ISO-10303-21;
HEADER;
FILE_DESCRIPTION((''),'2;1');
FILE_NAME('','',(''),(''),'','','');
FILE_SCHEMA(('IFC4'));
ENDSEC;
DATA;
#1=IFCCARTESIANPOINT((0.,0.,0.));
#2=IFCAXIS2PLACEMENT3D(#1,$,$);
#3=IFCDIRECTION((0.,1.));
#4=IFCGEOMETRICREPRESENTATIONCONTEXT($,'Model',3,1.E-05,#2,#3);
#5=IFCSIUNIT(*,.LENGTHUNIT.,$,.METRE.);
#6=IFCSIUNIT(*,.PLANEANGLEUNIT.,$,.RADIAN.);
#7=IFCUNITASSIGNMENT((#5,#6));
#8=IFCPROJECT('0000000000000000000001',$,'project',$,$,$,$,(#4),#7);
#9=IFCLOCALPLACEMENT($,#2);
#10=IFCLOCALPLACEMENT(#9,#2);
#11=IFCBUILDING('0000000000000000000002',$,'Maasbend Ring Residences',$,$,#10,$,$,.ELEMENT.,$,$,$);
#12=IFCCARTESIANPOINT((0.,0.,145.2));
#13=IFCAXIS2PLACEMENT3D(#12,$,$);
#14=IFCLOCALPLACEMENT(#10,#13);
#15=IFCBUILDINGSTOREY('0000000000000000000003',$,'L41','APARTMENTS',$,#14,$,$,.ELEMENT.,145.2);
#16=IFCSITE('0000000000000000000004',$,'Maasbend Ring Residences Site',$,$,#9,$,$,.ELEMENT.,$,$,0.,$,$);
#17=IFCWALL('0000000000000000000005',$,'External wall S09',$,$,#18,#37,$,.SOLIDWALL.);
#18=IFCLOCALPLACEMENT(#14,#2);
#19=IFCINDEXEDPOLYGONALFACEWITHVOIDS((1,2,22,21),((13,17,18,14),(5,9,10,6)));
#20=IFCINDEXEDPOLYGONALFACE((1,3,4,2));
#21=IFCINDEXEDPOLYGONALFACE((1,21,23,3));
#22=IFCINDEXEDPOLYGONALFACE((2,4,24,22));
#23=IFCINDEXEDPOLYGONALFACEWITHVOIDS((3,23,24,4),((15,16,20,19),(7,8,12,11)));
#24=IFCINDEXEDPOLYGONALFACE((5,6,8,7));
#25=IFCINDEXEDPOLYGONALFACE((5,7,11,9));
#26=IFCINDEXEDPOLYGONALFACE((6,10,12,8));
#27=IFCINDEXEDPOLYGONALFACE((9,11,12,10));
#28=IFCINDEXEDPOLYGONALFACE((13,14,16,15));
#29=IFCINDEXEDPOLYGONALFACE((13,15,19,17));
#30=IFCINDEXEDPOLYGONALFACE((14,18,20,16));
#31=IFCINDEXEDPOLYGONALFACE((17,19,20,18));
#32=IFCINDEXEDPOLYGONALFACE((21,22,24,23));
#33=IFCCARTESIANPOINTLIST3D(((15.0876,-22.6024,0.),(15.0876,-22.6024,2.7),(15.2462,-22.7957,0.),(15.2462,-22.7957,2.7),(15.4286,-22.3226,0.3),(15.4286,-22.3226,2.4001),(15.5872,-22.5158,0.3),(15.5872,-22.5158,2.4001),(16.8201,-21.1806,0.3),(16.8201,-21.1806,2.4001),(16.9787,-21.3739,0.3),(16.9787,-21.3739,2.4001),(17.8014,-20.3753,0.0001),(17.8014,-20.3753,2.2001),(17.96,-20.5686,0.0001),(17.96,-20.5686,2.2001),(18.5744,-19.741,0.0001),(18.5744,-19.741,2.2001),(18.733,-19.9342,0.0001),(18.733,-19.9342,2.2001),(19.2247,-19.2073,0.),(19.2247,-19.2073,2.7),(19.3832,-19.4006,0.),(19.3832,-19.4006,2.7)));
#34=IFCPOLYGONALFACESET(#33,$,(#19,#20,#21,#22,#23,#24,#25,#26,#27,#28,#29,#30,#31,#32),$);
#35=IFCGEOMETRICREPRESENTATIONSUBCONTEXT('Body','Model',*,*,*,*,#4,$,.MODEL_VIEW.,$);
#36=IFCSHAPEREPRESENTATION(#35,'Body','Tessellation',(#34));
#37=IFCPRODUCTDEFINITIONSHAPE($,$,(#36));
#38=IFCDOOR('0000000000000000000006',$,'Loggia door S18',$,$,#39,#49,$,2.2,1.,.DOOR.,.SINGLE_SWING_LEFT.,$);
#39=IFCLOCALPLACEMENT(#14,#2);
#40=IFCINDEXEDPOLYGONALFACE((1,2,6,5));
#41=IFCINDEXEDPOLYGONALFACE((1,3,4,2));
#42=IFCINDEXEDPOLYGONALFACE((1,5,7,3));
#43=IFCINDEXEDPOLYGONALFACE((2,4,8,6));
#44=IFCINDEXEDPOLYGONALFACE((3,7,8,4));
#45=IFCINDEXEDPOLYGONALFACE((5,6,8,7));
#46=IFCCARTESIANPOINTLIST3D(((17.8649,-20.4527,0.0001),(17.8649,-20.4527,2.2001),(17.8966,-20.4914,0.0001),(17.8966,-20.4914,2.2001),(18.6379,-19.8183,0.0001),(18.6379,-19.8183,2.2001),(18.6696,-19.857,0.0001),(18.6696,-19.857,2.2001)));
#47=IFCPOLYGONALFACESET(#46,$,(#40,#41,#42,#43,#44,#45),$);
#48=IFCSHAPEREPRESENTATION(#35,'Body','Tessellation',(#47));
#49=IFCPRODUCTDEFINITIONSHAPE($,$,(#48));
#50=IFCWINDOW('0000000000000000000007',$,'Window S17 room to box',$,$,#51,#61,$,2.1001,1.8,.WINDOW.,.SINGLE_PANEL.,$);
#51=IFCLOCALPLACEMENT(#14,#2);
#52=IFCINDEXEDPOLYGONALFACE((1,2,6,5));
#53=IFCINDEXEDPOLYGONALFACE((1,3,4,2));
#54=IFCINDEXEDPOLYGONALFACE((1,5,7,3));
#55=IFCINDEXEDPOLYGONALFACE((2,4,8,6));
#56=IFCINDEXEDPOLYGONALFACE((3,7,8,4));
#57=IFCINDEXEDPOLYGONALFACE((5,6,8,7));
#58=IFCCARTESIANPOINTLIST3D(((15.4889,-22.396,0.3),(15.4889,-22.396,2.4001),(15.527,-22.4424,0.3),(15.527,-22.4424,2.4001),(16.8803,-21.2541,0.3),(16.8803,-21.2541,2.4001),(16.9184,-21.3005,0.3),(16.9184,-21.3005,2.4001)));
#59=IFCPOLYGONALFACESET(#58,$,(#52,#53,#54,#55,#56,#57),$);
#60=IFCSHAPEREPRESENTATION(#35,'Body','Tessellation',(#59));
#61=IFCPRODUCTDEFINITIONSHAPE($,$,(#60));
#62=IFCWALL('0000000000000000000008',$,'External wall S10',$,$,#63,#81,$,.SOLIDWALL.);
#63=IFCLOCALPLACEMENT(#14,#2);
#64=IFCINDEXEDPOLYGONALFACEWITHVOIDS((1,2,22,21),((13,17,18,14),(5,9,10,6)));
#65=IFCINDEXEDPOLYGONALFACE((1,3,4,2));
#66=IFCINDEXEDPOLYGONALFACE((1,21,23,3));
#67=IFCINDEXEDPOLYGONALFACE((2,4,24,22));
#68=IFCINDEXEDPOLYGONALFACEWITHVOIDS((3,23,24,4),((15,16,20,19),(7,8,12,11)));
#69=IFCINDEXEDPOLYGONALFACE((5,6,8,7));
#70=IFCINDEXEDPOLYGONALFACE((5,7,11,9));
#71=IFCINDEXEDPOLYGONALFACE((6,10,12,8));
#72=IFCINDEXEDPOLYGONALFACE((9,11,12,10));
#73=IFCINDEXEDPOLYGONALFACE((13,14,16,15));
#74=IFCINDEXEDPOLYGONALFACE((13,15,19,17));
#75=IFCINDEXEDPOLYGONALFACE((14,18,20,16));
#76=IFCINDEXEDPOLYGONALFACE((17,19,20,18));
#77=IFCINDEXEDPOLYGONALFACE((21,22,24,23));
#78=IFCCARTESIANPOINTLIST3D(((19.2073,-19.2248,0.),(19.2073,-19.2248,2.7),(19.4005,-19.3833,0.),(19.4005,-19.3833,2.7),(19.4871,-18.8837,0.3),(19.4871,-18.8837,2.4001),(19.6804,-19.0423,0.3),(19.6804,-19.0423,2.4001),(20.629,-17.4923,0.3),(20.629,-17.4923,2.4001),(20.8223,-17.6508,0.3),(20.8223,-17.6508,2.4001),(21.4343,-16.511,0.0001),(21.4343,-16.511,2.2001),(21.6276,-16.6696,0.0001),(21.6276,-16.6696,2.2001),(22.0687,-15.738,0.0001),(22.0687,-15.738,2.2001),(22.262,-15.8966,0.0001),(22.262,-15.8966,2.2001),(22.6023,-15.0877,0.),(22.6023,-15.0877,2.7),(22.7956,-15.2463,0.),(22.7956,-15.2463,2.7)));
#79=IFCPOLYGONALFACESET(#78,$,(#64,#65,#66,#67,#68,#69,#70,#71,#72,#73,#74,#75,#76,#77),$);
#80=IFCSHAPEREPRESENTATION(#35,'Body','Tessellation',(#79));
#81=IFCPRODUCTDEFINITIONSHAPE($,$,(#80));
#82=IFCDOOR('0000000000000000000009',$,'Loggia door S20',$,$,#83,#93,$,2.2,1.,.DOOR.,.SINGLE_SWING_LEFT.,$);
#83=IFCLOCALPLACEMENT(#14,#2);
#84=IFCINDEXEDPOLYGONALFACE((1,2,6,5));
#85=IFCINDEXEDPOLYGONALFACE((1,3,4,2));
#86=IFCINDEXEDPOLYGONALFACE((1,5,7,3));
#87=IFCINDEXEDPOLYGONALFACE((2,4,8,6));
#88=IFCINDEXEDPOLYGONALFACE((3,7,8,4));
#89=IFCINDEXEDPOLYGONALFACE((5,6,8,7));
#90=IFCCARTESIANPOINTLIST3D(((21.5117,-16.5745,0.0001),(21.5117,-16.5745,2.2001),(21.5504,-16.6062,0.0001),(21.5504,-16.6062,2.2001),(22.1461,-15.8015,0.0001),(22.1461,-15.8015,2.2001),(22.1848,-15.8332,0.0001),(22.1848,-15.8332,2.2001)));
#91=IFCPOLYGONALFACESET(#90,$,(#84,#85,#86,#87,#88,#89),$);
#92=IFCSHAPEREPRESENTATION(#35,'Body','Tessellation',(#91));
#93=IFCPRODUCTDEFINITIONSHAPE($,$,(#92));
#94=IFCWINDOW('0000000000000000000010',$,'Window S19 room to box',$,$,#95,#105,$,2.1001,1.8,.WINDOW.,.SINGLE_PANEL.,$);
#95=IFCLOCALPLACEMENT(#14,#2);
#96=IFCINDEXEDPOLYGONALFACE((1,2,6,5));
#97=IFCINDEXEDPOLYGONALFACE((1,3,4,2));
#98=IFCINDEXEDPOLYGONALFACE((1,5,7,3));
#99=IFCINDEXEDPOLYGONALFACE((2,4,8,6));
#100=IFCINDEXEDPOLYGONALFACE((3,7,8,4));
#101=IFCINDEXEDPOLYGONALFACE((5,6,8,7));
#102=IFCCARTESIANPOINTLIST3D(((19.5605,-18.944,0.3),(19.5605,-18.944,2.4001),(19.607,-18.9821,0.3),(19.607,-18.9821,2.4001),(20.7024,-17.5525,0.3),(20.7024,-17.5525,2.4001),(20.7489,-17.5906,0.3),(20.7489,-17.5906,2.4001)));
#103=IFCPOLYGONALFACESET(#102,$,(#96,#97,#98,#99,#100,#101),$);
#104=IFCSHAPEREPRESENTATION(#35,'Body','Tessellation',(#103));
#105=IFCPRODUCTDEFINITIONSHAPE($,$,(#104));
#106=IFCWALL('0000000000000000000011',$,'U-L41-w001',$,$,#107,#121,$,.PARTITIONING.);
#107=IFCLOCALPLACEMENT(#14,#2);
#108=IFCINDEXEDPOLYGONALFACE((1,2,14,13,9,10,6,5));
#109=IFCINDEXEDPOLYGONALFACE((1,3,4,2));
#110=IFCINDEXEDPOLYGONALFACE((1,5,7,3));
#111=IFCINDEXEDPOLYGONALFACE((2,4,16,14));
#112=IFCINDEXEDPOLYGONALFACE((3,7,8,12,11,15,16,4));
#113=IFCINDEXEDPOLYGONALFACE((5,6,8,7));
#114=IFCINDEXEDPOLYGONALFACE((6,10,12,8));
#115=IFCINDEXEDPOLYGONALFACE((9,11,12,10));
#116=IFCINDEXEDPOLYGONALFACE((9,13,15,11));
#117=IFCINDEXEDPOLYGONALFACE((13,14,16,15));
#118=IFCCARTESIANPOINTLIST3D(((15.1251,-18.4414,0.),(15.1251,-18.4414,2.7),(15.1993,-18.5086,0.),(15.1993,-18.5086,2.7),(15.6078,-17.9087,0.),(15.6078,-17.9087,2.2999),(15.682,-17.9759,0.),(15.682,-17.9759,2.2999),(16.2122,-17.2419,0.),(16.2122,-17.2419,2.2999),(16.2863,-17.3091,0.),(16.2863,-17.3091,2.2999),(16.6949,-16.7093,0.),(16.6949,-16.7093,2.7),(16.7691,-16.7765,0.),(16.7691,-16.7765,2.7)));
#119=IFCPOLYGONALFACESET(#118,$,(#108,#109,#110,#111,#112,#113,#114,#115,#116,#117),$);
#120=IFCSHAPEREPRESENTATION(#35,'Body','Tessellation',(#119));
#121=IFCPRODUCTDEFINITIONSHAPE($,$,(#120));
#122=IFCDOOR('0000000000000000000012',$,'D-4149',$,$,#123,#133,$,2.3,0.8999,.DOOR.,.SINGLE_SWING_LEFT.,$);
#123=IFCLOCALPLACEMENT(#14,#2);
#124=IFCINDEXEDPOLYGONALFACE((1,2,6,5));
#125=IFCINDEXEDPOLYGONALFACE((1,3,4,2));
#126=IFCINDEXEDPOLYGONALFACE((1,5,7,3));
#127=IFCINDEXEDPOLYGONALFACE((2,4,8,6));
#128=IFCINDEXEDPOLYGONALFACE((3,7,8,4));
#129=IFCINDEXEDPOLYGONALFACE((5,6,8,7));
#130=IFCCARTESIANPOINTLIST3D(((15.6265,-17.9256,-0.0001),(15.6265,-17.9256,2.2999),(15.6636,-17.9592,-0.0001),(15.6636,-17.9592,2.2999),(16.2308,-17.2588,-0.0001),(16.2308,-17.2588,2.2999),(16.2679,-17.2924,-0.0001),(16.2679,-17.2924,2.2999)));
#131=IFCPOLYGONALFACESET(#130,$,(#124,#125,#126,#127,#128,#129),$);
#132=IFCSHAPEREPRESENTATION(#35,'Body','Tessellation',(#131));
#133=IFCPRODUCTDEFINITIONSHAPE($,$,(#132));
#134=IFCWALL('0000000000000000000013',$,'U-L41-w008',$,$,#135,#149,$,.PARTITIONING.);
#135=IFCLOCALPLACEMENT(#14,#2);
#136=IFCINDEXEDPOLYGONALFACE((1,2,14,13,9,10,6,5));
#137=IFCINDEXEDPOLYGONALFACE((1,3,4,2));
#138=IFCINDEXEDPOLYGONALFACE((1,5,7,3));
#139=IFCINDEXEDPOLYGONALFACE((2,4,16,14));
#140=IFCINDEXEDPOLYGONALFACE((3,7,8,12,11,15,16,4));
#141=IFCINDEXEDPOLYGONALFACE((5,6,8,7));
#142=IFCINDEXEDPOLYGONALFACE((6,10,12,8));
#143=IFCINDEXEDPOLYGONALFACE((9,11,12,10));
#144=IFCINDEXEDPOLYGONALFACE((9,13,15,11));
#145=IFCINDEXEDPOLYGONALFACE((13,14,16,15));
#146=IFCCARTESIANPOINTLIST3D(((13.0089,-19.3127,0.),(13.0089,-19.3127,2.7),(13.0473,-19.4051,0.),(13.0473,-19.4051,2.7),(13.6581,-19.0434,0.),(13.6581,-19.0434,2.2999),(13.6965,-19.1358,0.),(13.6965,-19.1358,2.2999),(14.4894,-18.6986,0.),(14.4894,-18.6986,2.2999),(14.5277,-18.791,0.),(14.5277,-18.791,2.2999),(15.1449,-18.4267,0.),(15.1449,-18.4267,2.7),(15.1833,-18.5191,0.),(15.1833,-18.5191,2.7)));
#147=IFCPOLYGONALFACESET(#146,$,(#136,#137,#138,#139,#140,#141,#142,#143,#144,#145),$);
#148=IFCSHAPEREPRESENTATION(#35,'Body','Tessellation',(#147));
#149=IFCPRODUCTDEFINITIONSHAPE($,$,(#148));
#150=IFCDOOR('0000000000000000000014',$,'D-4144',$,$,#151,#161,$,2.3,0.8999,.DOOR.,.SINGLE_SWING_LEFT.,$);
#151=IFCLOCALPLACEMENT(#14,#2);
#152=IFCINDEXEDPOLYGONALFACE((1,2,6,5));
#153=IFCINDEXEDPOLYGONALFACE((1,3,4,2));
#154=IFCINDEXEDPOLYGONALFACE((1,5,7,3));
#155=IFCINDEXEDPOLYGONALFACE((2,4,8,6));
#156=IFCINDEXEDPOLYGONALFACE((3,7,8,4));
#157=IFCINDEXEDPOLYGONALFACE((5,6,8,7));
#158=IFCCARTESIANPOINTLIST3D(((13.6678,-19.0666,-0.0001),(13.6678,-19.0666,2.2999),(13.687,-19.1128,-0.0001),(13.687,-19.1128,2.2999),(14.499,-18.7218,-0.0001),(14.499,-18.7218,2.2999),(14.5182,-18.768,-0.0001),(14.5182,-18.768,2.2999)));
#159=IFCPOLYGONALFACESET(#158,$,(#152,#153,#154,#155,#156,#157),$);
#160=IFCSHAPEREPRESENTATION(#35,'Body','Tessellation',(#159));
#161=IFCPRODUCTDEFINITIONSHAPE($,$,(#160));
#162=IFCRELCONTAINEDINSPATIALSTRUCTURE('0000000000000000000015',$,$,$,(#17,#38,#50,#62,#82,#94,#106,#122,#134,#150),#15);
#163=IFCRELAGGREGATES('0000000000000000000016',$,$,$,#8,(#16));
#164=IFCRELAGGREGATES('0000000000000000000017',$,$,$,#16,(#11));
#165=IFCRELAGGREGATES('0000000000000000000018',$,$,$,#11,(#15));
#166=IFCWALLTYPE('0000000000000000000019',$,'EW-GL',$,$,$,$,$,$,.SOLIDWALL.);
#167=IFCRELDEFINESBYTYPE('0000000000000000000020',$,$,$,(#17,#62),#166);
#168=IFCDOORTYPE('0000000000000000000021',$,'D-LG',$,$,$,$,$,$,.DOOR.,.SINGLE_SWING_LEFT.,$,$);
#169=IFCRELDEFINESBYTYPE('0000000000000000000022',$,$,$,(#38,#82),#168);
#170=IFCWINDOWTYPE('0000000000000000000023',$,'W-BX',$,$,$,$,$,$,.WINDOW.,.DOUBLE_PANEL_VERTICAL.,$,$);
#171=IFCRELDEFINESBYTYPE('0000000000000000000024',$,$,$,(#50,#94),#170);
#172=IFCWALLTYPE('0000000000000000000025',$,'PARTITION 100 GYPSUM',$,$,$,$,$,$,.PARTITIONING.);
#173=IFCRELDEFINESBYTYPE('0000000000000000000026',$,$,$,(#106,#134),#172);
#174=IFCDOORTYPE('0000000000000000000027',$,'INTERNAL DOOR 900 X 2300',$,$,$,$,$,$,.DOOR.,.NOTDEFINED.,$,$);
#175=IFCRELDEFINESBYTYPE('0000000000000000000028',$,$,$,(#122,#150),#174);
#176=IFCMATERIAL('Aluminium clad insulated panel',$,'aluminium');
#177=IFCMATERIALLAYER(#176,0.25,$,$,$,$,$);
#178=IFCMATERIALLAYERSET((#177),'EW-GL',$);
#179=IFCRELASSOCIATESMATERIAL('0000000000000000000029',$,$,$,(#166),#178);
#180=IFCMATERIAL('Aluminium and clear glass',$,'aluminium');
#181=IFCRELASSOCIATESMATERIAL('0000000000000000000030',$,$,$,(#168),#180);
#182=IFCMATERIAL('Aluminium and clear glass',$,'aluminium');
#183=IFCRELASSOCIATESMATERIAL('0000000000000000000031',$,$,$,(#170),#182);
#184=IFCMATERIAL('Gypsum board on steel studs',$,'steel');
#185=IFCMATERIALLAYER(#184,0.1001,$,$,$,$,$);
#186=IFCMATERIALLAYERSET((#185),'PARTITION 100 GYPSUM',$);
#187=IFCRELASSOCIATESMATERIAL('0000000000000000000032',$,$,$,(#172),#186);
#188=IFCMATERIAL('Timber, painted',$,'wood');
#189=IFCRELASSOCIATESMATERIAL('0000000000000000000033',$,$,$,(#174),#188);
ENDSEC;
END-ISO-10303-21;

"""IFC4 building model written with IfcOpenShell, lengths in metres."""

from ifc_helpers import new_model, si_unit, direction, frame, frame_2d, origin, place, context, subcontext, project, spatial, rectangle, extrude, material, layer, layer_set, type_object, element, fill, save


model = new_model("IFC4")

# Units and contexts
model_context = context("Model", 3, precision=1e-05, world=origin(), true_north=direction((0.0, 1.0)))
body_context = subcontext(model_context, "Body", "Model", "MODEL_VIEW")
ifc_project = project(units=[si_unit("LENGTHUNIT", "METRE"), si_unit("PLANEANGLEUNIT", "RADIAN")], contexts=[model_context])

# Site, building, storey
site_placement = place(None, origin())
site = spatial("IfcSite", under=ifc_project, at=site_placement, Name="Maasbend Ring Residences Site", CompositionType="ELEMENT", RefElevation=0.0)
building_placement = place(site_placement, origin())
building = spatial("IfcBuilding", under=site, at=building_placement, Name="Maasbend Ring Residences", CompositionType="ELEMENT")
storey_placement = place(building_placement, frame((0.0, 0.0, 145.2)))
storey = spatial("IfcBuildingStorey", under=building, at=storey_placement, Name="L41", Description="APARTMENTS", CompositionType="ELEMENT", Elevation=145.2)

# Walls, openings, doors, windows
ifc_material_1 = material(Name="Aluminium clad insulated panel", Category="aluminium")
ifc_layer_1 = layer(ifc_material_1, 0.25)
ifc_layer_set_1 = layer_set([ifc_layer_1], Name="EW-GL")
wall_type_1 = type_object("IfcWallType", Name="EW-GL", PredefinedType="SOLIDWALL", material=ifc_layer_set_1)
wall_1_placement = place(storey_placement, frame((15.167, -22.699, 0.0), z_axis=(0.0, 0.0, 1.0), x_axis=(0.773019, 0.634382, 0.0)))
wall_1 = element("IfcWall", 1, at=wall_1_placement, inside=storey, type_object=wall_type_1, Name="External wall S09", PredefinedType="SOLIDWALL", context=body_context, shape_type="SweptSolid", body=[
    extrude(rectangle(XDim=5.3518, YDim=0.25, at=frame_2d((2.6758, 0.0))), origin(), (0.0, 0.0, 1.0), 2.7),
])
opening_1_placement = place(wall_1_placement, frame((0.4412, 0.0, 0.3)))
opening_1 = element("IfcOpeningElement", 2, at=opening_1_placement, cuts=wall_1, PredefinedType="OPENING", context=body_context, shape_type="SweptSolid", body=[
    extrude(rectangle(XDim=1.8, YDim=2.1001, at=frame_2d((0.8999, 1.05))), frame((0.0, 0.135, 0.0), z_axis=(0.0, -1.0, 0.0), x_axis=(1.0, 0.0, 0.0)), (0.0, 0.0, 1.0), 0.27),
])
opening_2_placement = place(wall_1_placement, frame((3.5105, 0.0, 0.0)))
opening_2 = element("IfcOpeningElement", 3, at=opening_2_placement, cuts=wall_1, PredefinedType="OPENING", context=body_context, shape_type="SweptSolid", body=[
    extrude(rectangle(XDim=1.0, YDim=2.2, at=frame_2d((0.5, 1.1001))), frame((0.0, 0.135, 0.0), z_axis=(0.0, -1.0, 0.0), x_axis=(1.0, 0.0, 0.0)), (0.0, 0.0, 1.0), 0.27),
])
ifc_material_2 = material(Name="Aluminium and clear glass", Category="aluminium")
door_type_1 = type_object("IfcDoorType", Name="D-LG", OperationType="SINGLE_SWING_LEFT", PredefinedType="DOOR", material=ifc_material_2)
door_1_placement = place(opening_2_placement, origin())
door_1 = element("IfcDoor", 4, at=door_1_placement, inside=storey, type_object=door_type_1, Name="Loggia door S18", OperationType="SINGLE_SWING_LEFT", OverallHeight=2.2, OverallWidth=1.0, PredefinedType="DOOR", context=body_context, shape_type="SweptSolid", body=[
    extrude(rectangle(XDim=1.0, YDim=2.2, at=frame_2d((0.5, 1.1001))), frame((0.0, 0.0249, 0.0), z_axis=(0.0, -1.0, 0.0), x_axis=(1.0, 0.0, 0.0)), (0.0, 0.0, 1.0), 0.05),
])
fill(opening_2, door_1)
ifc_material_3 = material(Name="Aluminium and clear glass", Category="aluminium")
window_type_1 = type_object("IfcWindowType", Name="W-BX", PartitioningType="DOUBLE_PANEL_VERTICAL", PredefinedType="WINDOW", material=ifc_material_3)
window_1_placement = place(opening_1_placement, origin())
window_1 = element("IfcWindow", 5, at=window_1_placement, inside=storey, type_object=window_type_1, Name="Window S17 room to box", OverallHeight=2.1001, OverallWidth=1.8, PartitioningType="SINGLE_PANEL", PredefinedType="WINDOW", context=body_context, shape_type="SweptSolid", body=[
    extrude(rectangle(XDim=1.8, YDim=2.1001, at=frame_2d((0.8999, 1.05))), frame((0.0, 0.03, 0.0), z_axis=(0.0, -1.0, 0.0), x_axis=(1.0, 0.0, 0.0)), (0.0, 0.0, 1.0), 0.0601),
])
fill(opening_1, window_1)
wall_2_placement = place(storey_placement, frame((19.304, -19.304, 0.0), z_axis=(0.0, 0.0, 1.0), x_axis=(0.634382, 0.773019, 0.0)))
wall_2 = element("IfcWall", 6, at=wall_2_placement, inside=storey, type_object=wall_type_1, Name="External wall S10", PredefinedType="SOLIDWALL", context=body_context, shape_type="SweptSolid", body=[
    extrude(rectangle(XDim=5.3518, YDim=0.25, at=frame_2d((2.6758, 0.0))), origin(), (0.0, 0.0, 1.0), 2.7),
])
opening_3_placement = place(wall_2_placement, frame((0.4412, 0.0, 0.3)))
opening_3 = element("IfcOpeningElement", 7, at=opening_3_placement, cuts=wall_2, PredefinedType="OPENING", context=body_context, shape_type="SweptSolid", body=[
    extrude(rectangle(XDim=1.8, YDim=2.1001, at=frame_2d((0.8999, 1.05))), frame((0.0, 0.135, 0.0), z_axis=(0.0, -1.0, 0.0), x_axis=(1.0, 0.0, 0.0)), (0.0, 0.0, 1.0), 0.27),
])
opening_4_placement = place(wall_2_placement, frame((3.5105, 0.0, 0.0)))
opening_4 = element("IfcOpeningElement", 8, at=opening_4_placement, cuts=wall_2, PredefinedType="OPENING", context=body_context, shape_type="SweptSolid", body=[
    extrude(rectangle(XDim=1.0, YDim=2.2, at=frame_2d((0.5, 1.1001))), frame((0.0, 0.135, 0.0), z_axis=(0.0, -1.0, 0.0), x_axis=(1.0, 0.0, 0.0)), (0.0, 0.0, 1.0), 0.27),
])
door_2_placement = place(opening_4_placement, origin())
door_2 = element("IfcDoor", 9, at=door_2_placement, inside=storey, type_object=door_type_1, Name="Loggia door S20", OperationType="SINGLE_SWING_LEFT", OverallHeight=2.2, OverallWidth=1.0, PredefinedType="DOOR", context=body_context, shape_type="SweptSolid", body=[
    extrude(rectangle(XDim=1.0, YDim=2.2, at=frame_2d((0.5, 1.1001))), frame((0.0, 0.0249, 0.0), z_axis=(0.0, -1.0, 0.0), x_axis=(1.0, 0.0, 0.0)), (0.0, 0.0, 1.0), 0.05),
])
fill(opening_4, door_2)
window_2_placement = place(opening_3_placement, origin())
window_2 = element("IfcWindow", 10, at=window_2_placement, inside=storey, type_object=window_type_1, Name="Window S19 room to box", OverallHeight=2.1001, OverallWidth=1.8, PartitioningType="SINGLE_PANEL", PredefinedType="WINDOW", context=body_context, shape_type="SweptSolid", body=[
    extrude(rectangle(XDim=1.8, YDim=2.1001, at=frame_2d((0.8999, 1.05))), frame((0.0, 0.03, 0.0), z_axis=(0.0, -1.0, 0.0), x_axis=(1.0, 0.0, 0.0)), (0.0, 0.0, 1.0), 0.0601),
])
fill(opening_3, window_2)

# Walls, openings, doors
ifc_material_4 = material(Name="Gypsum board on steel studs", Category="steel")
ifc_layer_2 = layer(ifc_material_4, 0.1001)
ifc_layer_set_2 = layer_set([ifc_layer_2], Name="PARTITION 100 GYPSUM")
wall_type_2 = type_object("IfcWallType", Name="PARTITION 100 GYPSUM", PredefinedType="PARTITIONING", material=ifc_layer_set_2)
wall_3_placement = place(storey_placement, frame((15.1621, -18.4751, 0.0), z_axis=(0.0, 0.0, 1.0), x_axis=(0.671528, 0.740979, 0.0)))
wall_3 = element("IfcWall", 11, at=wall_3_placement, inside=storey, type_object=wall_type_2, Name="U-L41-w001", PredefinedType="PARTITIONING", context=body_context, shape_type="SweptSolid", body=[
    extrude(rectangle(XDim=2.3376, YDim=0.1001, at=frame_2d((1.1689, 0.0))), origin(), (0.0, 0.0, 1.0), 2.7),
])
opening_5_placement = place(wall_3_placement, frame((0.719, 0.0, 0.0)))
opening_5 = element("IfcOpeningElement", 12, at=opening_5_placement, cuts=wall_3, PredefinedType="OPENING", context=body_context, shape_type="SweptSolid", body=[
    extrude(rectangle(XDim=0.8999, YDim=2.3, at=frame_2d((0.45, 1.1499))), frame((0.0, 0.0601, 0.0), z_axis=(0.0, -1.0, 0.0), x_axis=(1.0, 0.0, 0.0)), (0.0, 0.0, 1.0), 0.1201),
])
ifc_material_5 = material(Name="Timber, painted", Category="wood")
door_type_2 = type_object("IfcDoorType", Name="INTERNAL DOOR 900 X 2300", OperationType="NOTDEFINED", PredefinedType="DOOR", material=ifc_material_5)
door_3_placement = place(opening_5_placement, origin())
door_3 = element("IfcDoor", 13, at=door_3_placement, inside=storey, type_object=door_type_2, Name="D-4149", OperationType="SINGLE_SWING_LEFT", OverallHeight=2.3, OverallWidth=0.8999, PredefinedType="DOOR", context=body_context, shape_type="SweptSolid", body=[
    extrude(rectangle(XDim=0.8999, YDim=2.3, at=frame_2d((0.45, 1.1499))), frame((0.0, 0.0249, 0.0), z_axis=(0.0, -1.0, 0.0), x_axis=(1.0, 0.0, 0.0)), (0.0, 0.0, 1.0), 0.05),
])
fill(opening_5, door_3)
wall_4_placement = place(storey_placement, frame((13.0281, -19.3589, 0.0), z_axis=(0.0, 0.0, 1.0), x_axis=(0.923691, 0.383138, 0.0)))
wall_4 = element("IfcWall", 14, at=wall_4_placement, inside=storey, type_object=wall_type_2, Name="U-L41-w008", PredefinedType="PARTITIONING", context=body_context, shape_type="SweptSolid", body=[
    extrude(rectangle(XDim=2.3125, YDim=0.1001, at=frame_2d((1.1562, 0.0))), origin(), (0.0, 0.0, 1.0), 2.7),
])
opening_6_placement = place(wall_4_placement, frame((0.7029, 0.0, 0.0)))
opening_6 = element("IfcOpeningElement", 15, at=opening_6_placement, cuts=wall_4, PredefinedType="OPENING", context=body_context, shape_type="SweptSolid", body=[
    extrude(rectangle(XDim=0.8999, YDim=2.3, at=frame_2d((0.45, 1.1499))), frame((0.0, 0.0601, 0.0), z_axis=(0.0, -1.0, 0.0), x_axis=(1.0, 0.0, 0.0)), (0.0, 0.0, 1.0), 0.1201),
])
door_4_placement = place(opening_6_placement, origin())
door_4 = element("IfcDoor", 16, at=door_4_placement, inside=storey, type_object=door_type_2, Name="D-4144", OperationType="SINGLE_SWING_LEFT", OverallHeight=2.3, OverallWidth=0.8999, PredefinedType="DOOR", context=body_context, shape_type="SweptSolid", body=[
    extrude(rectangle(XDim=0.8999, YDim=2.3, at=frame_2d((0.45, 1.1499))), frame((0.0, 0.0249, 0.0), z_axis=(0.0, -1.0, 0.0), x_axis=(1.0, 0.0, 0.0)), (0.0, 0.0, 1.0), 0.05),
])
fill(opening_6, door_4)

save(model, "model.ifc")
